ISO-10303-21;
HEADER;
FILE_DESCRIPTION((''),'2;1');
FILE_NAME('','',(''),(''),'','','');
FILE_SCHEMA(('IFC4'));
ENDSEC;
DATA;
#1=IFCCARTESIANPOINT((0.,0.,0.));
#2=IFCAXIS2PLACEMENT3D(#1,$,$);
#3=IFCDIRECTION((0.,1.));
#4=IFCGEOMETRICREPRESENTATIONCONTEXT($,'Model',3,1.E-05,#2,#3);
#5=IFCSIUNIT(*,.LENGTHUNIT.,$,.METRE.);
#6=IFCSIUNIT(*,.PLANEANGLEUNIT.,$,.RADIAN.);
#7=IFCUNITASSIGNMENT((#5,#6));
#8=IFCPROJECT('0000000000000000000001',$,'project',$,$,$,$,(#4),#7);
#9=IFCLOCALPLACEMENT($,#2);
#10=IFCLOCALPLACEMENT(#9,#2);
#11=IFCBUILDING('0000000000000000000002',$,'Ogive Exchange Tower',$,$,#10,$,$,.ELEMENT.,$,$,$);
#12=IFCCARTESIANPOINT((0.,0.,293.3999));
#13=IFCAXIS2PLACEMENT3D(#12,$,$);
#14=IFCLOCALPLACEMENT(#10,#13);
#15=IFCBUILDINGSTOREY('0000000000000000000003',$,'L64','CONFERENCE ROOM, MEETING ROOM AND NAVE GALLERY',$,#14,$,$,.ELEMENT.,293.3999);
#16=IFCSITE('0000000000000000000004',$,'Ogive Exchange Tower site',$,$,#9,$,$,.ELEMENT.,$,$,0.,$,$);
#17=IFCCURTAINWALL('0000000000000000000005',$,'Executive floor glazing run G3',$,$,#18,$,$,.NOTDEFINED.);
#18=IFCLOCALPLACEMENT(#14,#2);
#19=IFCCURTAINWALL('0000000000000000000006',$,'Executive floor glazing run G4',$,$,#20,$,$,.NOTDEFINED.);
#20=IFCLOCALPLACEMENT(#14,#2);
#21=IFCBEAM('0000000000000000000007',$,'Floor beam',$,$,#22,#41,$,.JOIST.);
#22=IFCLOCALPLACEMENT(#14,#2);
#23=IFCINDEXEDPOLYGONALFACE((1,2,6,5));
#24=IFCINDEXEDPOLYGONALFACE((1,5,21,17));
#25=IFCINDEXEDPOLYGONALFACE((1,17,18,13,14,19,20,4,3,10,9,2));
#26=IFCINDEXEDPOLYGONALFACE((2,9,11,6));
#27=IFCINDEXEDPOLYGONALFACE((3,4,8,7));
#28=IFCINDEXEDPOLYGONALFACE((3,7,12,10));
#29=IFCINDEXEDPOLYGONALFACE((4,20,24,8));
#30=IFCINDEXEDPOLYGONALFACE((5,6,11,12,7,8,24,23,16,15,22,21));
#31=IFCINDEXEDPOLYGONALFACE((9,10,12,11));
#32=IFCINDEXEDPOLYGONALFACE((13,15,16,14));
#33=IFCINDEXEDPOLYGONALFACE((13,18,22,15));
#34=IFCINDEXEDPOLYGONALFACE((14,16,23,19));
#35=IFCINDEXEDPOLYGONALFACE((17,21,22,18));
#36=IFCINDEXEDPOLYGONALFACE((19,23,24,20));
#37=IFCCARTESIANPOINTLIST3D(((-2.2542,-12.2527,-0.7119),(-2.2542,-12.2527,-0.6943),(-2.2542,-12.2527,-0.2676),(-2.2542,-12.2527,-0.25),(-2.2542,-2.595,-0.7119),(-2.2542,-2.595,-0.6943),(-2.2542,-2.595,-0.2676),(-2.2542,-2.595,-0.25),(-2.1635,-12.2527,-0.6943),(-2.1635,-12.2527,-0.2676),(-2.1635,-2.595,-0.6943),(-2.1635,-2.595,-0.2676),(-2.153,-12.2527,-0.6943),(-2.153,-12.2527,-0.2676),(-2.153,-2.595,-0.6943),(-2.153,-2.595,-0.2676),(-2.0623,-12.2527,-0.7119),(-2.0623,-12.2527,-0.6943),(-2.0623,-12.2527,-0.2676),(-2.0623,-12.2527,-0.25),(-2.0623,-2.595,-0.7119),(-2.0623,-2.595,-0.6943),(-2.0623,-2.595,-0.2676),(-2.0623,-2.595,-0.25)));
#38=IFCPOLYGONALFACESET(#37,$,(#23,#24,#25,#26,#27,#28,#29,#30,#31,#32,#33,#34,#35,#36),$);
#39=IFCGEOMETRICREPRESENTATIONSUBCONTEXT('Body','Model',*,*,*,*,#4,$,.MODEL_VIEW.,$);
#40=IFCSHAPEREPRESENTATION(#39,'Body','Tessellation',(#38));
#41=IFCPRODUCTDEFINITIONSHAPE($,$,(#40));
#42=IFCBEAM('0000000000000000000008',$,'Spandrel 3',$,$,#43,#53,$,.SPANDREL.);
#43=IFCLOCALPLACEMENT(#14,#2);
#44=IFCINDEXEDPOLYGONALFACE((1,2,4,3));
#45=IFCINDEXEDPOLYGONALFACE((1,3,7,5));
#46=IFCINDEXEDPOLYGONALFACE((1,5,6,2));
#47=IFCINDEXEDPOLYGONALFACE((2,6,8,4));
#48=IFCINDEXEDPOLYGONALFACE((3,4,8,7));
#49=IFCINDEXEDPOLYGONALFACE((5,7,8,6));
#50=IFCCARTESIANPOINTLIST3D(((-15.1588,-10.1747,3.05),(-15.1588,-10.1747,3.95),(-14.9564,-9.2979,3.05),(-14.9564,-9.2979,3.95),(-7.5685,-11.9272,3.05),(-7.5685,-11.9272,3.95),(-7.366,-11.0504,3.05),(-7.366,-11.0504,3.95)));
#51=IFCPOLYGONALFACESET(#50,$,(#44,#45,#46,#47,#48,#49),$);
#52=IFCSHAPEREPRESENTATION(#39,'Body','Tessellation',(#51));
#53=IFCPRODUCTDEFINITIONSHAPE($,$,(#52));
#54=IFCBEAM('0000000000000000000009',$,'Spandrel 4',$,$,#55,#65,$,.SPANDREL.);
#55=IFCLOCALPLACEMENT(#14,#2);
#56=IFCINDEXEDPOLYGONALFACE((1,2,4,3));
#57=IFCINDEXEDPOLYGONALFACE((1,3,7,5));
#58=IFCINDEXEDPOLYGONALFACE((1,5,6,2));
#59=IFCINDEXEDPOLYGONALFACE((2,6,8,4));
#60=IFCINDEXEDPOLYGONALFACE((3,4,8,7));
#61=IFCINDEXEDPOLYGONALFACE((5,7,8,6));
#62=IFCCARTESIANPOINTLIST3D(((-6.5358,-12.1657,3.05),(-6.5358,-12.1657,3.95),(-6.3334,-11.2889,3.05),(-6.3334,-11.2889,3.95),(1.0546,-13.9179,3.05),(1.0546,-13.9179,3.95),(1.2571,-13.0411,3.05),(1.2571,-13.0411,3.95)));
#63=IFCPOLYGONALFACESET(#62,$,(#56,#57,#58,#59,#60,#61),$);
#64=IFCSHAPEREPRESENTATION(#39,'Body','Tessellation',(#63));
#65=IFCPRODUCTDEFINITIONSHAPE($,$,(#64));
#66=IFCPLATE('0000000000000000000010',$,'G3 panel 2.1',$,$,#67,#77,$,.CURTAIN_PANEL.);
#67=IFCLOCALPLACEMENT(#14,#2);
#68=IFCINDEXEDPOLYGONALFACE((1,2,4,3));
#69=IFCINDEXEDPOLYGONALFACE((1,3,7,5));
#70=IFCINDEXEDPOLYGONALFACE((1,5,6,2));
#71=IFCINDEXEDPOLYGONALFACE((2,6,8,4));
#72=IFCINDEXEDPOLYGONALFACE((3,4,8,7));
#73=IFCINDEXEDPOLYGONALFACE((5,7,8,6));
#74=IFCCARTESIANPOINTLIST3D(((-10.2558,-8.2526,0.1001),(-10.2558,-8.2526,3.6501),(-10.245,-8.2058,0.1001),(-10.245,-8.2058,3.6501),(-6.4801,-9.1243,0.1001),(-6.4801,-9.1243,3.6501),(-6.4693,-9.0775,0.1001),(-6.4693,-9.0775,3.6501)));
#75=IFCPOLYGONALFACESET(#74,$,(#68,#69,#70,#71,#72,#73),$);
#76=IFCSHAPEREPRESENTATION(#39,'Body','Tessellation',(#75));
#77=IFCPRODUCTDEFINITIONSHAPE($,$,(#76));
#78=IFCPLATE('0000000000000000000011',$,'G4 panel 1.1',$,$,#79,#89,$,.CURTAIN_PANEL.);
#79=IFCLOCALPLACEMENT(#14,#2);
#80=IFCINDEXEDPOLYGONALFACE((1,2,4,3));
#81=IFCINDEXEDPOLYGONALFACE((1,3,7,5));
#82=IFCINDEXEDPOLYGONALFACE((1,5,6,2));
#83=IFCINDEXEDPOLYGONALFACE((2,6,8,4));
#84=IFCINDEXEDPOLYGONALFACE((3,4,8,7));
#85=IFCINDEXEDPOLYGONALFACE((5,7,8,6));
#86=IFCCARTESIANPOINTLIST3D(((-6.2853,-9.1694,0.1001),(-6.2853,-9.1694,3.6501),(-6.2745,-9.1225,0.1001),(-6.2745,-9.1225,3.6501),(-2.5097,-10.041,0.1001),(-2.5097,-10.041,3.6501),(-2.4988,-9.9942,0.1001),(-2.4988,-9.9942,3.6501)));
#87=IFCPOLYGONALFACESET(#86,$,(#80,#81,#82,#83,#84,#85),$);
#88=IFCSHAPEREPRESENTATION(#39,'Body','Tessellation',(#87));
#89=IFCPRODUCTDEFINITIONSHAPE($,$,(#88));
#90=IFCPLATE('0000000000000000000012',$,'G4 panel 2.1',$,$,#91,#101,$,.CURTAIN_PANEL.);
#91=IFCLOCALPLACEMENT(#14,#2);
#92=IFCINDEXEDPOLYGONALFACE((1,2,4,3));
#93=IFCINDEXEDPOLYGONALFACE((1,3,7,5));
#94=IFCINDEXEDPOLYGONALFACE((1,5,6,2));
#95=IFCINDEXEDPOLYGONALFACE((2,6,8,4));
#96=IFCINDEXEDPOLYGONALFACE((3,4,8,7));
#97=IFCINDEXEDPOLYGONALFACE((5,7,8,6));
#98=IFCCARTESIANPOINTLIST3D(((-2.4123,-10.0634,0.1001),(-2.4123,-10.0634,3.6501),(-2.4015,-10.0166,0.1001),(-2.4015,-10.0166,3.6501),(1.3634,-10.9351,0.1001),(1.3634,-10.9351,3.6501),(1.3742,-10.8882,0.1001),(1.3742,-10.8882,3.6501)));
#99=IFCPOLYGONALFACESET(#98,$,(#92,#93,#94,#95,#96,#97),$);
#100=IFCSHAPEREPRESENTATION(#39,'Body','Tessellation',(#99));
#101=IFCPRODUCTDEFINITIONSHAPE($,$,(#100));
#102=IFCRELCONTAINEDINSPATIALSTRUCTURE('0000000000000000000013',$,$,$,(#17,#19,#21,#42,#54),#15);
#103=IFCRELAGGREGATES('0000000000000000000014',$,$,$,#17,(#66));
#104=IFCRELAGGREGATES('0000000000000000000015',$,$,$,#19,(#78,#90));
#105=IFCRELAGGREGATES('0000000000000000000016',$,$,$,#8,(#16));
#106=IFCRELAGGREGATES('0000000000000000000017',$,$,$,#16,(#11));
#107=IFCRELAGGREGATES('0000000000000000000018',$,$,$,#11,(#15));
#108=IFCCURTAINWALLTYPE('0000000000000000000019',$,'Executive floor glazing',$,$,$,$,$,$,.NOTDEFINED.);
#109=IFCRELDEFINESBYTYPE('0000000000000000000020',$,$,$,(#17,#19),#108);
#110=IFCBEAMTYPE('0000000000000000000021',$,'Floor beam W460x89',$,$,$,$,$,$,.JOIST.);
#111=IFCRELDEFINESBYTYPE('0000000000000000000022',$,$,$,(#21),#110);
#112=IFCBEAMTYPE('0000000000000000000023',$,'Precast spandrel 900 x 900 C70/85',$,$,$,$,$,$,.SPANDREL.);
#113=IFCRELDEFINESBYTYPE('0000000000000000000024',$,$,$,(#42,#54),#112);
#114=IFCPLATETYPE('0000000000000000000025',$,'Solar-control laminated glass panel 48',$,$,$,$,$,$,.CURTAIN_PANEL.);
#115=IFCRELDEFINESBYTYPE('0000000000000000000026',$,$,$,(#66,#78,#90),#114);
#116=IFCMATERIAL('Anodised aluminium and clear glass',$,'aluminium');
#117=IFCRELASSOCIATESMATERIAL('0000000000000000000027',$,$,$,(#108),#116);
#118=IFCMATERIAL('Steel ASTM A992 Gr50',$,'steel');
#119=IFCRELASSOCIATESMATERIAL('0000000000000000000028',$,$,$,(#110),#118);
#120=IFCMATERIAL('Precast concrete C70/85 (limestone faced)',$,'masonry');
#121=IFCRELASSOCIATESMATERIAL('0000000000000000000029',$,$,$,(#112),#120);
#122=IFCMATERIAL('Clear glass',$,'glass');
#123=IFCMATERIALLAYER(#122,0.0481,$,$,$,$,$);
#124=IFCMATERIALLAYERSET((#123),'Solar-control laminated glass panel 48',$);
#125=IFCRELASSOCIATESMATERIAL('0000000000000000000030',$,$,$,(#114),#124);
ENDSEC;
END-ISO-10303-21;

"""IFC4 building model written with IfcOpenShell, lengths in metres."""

from ifc_helpers import new_model, si_unit, direction, frame, origin, origin_2d, place, context, subcontext, project, spatial, rectangle, i_section, extrude, material, layer, layer_set, material_profile, profile_set, type_object, element, aggregate, save


model = new_model("IFC4")

# Units and contexts
model_context = context("Model", 3, precision=1e-05, world=origin(), true_north=direction((0.0, 1.0)))
body_context = subcontext(model_context, "Body", "Model", "MODEL_VIEW")
ifc_project = project(units=[si_unit("LENGTHUNIT", "METRE"), si_unit("PLANEANGLEUNIT", "RADIAN")], contexts=[model_context])

# Site, building, storey
site_placement = place(None, origin())
site = spatial("IfcSite", under=ifc_project, at=site_placement, Name="Ogive Exchange Tower site", CompositionType="ELEMENT", RefElevation=0.0)
building_placement = place(site_placement, origin())
building = spatial("IfcBuilding", under=site, at=building_placement, Name="Ogive Exchange Tower", CompositionType="ELEMENT")
storey_placement = place(building_placement, frame((0.0, 0.0, 293.3999)))
storey = spatial("IfcBuildingStorey", under=building, at=storey_placement, Name="L64", Description="CONFERENCE ROOM, MEETING ROOM AND NAVE GALLERY", CompositionType="ELEMENT", Elevation=293.3999)

# Shared definitions
ifc_material_1 = material(Name="Precast concrete C70/85 (limestone faced)", Category="masonry")

# Curtain wall
ifc_material_2 = material(Name="Anodised aluminium and clear glass", Category="aluminium")
curtain_wall_type = type_object("IfcCurtainWallType", Name="Executive floor glazing", PredefinedType="NOTDEFINED", material=ifc_material_2)
curtain_wall_1_placement = place(storey_placement, origin())
curtain_wall_1 = element("IfcCurtainWall", 1, at=curtain_wall_1_placement, inside=storey, type_object=curtain_wall_type, Name="Executive floor glazing run G3", PredefinedType="NOTDEFINED")

# Curtain wall
curtain_wall_2_placement = place(storey_placement, origin())
curtain_wall_2 = element("IfcCurtainWall", 2, at=curtain_wall_2_placement, inside=storey, type_object=curtain_wall_type, Name="Executive floor glazing run G4", PredefinedType="NOTDEFINED")

# Beams
ifc_material_3 = material(Name="Steel ASTM A992 Gr50", Category="steel")
ifc_material_profile_1 = material_profile(ifc_material_3, i_section(OverallWidth=0.1919, OverallDepth=0.4619, WebThickness=0.0105, FlangeThickness=0.0176, at=origin_2d()), Name="W460x89")
ifc_profile_set_1 = profile_set([ifc_material_profile_1], Name="Steel ASTM A992 Gr50")
beam_type_1 = type_object("IfcBeamType", Name="Floor beam W460x89", PredefinedType="JOIST", material=ifc_profile_set_1)
beam_1_placement = place(storey_placement, frame((-2.1582, -12.2527, -0.481), z_axis=(0.0, 1.0, 0.0), x_axis=(-1.0, 0.0, 0.0)))
element("IfcBeam", 3, at=beam_1_placement, inside=storey, type_object=beam_type_1, Name="Floor beam", PredefinedType="JOIST", context=body_context, shape_type="SweptSolid", body=[
    extrude(i_section(OverallWidth=0.1919, OverallDepth=0.4619, WebThickness=0.0105, FlangeThickness=0.0176, at=origin_2d()), origin(), (0.0, 0.0, 1.0), 9.6577),
])
ifc_material_profile_2 = material_profile(ifc_material_1, rectangle(XDim=0.8999, YDim=0.8999, at=origin_2d()), Name="900 x 900")
ifc_profile_set_2 = profile_set([ifc_material_profile_2], Name="Precast concrete C70/85 (limestone faced)")
beam_type_2 = type_object("IfcBeamType", Name="Precast spandrel 900 x 900 C70/85", PredefinedType="SPANDREL", material=ifc_profile_set_2)
for number, where, z_axis, x_axis, name in (
    (4, (-15.0576, -9.7363, 3.5), (0.974368, -0.22496, 0.0), (0.22496, 0.974368, 0.0), "Spandrel 3"),
    (5, (-6.4346, -11.7273, 3.5), (0.974375, -0.22493, 0.0), (0.22493, 0.974375, 0.0), "Spandrel 4"),
):
    element("IfcBeam", number, at=place(storey_placement, frame(where, z_axis=z_axis, x_axis=x_axis)), inside=storey, type_object=beam_type_2, Name=name, PredefinedType="SPANDREL", context=body_context, shape_type="SweptSolid", body=[
        extrude(rectangle(XDim=0.8999, YDim=0.8999, at=origin_2d()), origin(), (0.0, 0.0, 1.0), 7.79),
    ])

# Plates
ifc_material_4 = material(Name="Clear glass", Category="glass")
ifc_layer = layer(ifc_material_4, 0.0481)
ifc_layer_set = layer_set([ifc_layer], Name="Solar-control laminated glass panel 48")
plate_type = type_object("IfcPlateType", Name="Solar-control laminated glass panel 48", PredefinedType="CURTAIN_PANEL", material=ifc_layer_set)
plate_1_placement = place(storey_placement, frame((-8.3625, -8.665, 0.1001), z_axis=(0.0, 0.0, 1.0), x_axis=(0.974368, -0.224958, 0.0)))
plate_1 = element("IfcPlate", 6, at=plate_1_placement, type_object=plate_type, Name="G3 panel 2.1", PredefinedType="CURTAIN_PANEL", context=body_context, shape_type="SweptSolid", body=[
    extrude(rectangle(XDim=3.875, YDim=0.0481, at=origin_2d()), origin(), (0.0, 0.0, 1.0), 3.55),
])
aggregate(curtain_wall_1, [plate_1])
plate_2_placement = place(storey_placement, frame((-4.3921, -9.5818, 0.1001), z_axis=(0.0, 0.0, 1.0), x_axis=(0.974372, -0.224944, 0.0)))
plate_2 = element("IfcPlate", 7, at=plate_2_placement, type_object=plate_type, Name="G4 panel 1.1", PredefinedType="CURTAIN_PANEL", context=body_context, shape_type="SweptSolid", body=[
    extrude(rectangle(XDim=3.875, YDim=0.0481, at=origin_2d()), origin(), (0.0, 0.0, 1.0), 3.55),
])
plate_3_placement = place(storey_placement, frame((-0.519, -10.4758, 0.1001), z_axis=(0.0, 0.0, 1.0), x_axis=(0.974372, -0.224944, 0.0)))
plate_3 = element("IfcPlate", 8, at=plate_3_placement, type_object=plate_type, Name="G4 panel 2.1", PredefinedType="CURTAIN_PANEL", context=body_context, shape_type="SweptSolid", body=[
    extrude(rectangle(XDim=3.875, YDim=0.0481, at=origin_2d()), origin(), (0.0, 0.0, 1.0), 3.55),
])
aggregate(curtain_wall_2, [plate_2, plate_3])

save(model, "model.ifc")
